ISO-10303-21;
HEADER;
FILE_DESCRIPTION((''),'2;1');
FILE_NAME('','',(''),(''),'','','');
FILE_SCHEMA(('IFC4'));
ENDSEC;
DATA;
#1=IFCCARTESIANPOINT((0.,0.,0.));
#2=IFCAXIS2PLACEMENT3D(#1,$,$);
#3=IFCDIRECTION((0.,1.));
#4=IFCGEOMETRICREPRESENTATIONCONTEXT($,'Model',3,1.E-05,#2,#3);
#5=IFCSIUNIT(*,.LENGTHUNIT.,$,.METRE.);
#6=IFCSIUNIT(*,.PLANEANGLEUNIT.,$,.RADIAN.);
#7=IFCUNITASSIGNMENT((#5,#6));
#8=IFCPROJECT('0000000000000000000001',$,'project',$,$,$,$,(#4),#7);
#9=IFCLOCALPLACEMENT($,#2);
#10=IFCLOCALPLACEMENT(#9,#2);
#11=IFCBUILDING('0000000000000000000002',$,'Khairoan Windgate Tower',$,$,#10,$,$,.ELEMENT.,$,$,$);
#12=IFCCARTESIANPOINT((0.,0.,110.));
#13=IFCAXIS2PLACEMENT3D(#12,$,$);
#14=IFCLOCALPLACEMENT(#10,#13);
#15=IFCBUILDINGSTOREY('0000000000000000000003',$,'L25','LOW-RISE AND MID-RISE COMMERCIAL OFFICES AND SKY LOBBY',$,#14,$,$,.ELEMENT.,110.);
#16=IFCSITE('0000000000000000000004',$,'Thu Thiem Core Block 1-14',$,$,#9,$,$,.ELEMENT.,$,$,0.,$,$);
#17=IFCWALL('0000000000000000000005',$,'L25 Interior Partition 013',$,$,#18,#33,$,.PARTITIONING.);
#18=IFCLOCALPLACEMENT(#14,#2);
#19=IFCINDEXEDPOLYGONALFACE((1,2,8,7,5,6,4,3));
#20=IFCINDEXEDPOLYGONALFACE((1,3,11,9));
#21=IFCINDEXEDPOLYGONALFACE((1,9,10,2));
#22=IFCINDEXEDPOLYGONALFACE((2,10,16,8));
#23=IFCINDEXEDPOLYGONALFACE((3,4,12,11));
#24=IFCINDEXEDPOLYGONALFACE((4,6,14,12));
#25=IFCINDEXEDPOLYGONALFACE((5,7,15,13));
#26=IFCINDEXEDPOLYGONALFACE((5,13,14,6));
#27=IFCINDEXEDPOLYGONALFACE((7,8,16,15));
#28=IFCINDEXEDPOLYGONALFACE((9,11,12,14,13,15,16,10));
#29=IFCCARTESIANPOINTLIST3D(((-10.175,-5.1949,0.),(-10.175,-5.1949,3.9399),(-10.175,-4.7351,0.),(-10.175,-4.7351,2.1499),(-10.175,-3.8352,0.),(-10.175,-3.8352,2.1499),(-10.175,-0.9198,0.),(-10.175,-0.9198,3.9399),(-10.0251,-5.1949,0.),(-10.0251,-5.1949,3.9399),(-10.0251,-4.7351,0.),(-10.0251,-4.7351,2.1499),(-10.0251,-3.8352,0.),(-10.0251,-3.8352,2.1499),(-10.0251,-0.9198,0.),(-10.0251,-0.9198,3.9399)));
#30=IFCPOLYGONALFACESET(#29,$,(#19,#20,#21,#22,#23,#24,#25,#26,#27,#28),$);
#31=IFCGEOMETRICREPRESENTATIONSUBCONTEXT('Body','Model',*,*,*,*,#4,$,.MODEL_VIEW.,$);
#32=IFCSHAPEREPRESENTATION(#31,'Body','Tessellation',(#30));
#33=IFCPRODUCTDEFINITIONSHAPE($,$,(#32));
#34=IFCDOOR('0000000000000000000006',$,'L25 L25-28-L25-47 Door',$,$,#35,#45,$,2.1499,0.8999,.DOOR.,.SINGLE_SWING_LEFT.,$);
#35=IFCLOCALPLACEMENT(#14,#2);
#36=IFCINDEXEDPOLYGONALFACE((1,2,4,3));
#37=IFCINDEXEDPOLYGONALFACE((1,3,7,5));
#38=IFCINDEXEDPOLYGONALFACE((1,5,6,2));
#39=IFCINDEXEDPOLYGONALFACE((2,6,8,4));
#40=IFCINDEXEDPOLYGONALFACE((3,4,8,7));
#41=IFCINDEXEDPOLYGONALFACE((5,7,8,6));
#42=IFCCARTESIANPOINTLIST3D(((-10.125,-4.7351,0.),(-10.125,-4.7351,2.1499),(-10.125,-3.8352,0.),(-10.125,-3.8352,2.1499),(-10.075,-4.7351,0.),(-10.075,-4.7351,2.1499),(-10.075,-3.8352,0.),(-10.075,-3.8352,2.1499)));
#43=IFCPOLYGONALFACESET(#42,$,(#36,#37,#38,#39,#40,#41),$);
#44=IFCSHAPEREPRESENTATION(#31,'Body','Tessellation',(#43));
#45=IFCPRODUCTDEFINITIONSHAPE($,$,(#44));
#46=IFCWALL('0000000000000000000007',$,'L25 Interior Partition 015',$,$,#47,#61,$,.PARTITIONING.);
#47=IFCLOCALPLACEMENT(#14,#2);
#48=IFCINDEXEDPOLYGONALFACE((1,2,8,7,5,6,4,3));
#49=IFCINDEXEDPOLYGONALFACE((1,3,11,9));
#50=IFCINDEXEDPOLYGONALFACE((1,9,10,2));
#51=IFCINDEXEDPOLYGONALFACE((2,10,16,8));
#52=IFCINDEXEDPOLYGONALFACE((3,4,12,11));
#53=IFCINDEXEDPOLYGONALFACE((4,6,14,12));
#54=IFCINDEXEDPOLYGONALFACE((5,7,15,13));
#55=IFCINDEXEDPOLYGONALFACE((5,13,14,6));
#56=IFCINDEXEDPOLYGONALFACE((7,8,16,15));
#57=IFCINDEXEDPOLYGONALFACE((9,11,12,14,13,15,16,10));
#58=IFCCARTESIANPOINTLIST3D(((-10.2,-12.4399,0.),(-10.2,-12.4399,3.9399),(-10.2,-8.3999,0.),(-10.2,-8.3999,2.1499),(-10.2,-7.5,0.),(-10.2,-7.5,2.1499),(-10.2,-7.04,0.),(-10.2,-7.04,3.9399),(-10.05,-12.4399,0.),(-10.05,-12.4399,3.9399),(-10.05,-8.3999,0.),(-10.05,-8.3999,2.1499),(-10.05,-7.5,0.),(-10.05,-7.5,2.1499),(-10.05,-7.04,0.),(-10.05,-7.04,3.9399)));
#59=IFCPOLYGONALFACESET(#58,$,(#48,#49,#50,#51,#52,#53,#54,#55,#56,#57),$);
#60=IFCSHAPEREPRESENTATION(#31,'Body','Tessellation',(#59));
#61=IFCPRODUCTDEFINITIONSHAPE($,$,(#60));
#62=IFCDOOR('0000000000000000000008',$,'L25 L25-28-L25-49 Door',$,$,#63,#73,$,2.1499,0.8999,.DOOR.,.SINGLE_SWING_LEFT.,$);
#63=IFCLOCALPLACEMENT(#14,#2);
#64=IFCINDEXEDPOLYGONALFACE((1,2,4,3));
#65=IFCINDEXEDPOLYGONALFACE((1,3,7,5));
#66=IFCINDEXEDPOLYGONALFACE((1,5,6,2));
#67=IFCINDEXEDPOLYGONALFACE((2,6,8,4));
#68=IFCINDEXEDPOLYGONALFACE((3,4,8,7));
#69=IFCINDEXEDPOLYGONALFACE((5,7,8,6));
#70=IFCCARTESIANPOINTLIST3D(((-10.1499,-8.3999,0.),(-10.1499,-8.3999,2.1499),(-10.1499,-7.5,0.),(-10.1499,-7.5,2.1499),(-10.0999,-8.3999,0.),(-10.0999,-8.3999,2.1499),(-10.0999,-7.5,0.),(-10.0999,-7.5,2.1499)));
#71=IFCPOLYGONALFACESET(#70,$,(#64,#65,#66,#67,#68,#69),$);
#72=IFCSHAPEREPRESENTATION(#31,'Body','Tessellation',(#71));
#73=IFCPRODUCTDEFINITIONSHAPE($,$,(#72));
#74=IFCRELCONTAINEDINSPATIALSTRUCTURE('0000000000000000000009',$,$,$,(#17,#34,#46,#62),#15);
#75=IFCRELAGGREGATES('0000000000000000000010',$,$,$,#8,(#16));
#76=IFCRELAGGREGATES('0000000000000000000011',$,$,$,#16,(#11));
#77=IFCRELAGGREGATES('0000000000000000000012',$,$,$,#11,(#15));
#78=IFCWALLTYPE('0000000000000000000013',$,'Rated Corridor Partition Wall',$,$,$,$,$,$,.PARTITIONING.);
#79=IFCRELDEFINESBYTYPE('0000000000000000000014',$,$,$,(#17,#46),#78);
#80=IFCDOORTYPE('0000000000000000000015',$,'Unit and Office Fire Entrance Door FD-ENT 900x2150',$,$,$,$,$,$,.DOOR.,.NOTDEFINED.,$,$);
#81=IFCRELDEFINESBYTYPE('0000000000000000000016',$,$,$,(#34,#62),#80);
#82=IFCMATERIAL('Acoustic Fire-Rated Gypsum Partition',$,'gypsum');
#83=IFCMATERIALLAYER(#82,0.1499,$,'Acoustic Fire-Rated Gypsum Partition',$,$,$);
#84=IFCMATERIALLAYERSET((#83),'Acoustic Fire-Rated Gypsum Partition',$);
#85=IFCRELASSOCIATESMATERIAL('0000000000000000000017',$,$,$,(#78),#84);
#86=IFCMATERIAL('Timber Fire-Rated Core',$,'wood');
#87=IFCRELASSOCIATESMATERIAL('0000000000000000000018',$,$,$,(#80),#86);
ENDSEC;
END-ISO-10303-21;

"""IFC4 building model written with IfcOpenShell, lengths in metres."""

from ifc_helpers import new_model, si_unit, direction, frame, frame_2d, origin, place, context, subcontext, project, spatial, rectangle, extrude, material, layer, layer_set, type_object, element, fill, save


model = new_model("IFC4")

# Units and contexts
model_context = context("Model", 3, precision=1e-05, world=origin(), true_north=direction((0.0, 1.0)))
body_context = subcontext(model_context, "Body", "Model", "MODEL_VIEW")
ifc_project = project(units=[si_unit("LENGTHUNIT", "METRE"), si_unit("PLANEANGLEUNIT", "RADIAN")], contexts=[model_context])

# Site, building, storey
site_placement = place(None, origin())
site = spatial("IfcSite", under=ifc_project, at=site_placement, Name="Thu Thiem Core Block 1-14", CompositionType="ELEMENT", RefElevation=0.0)
building_placement = place(site_placement, origin())
building = spatial("IfcBuilding", under=site, at=building_placement, Name="Khairoan Windgate Tower", CompositionType="ELEMENT")
storey_placement = place(building_placement, frame((0.0, 0.0, 110.0)))
storey = spatial("IfcBuildingStorey", under=building, at=storey_placement, Name="L25", Description="LOW-RISE AND MID-RISE COMMERCIAL OFFICES AND SKY LOBBY", CompositionType="ELEMENT", Elevation=110.0)

# Walls, openings, doors
ifc_material_1 = material(Name="Acoustic Fire-Rated Gypsum Partition", Category="gypsum")
ifc_layer_1 = layer(ifc_material_1, 0.1499, Name="Acoustic Fire-Rated Gypsum Partition")
ifc_layer_set_1 = layer_set([ifc_layer_1], Name="Acoustic Fire-Rated Gypsum Partition")
wall_type_1 = type_object("IfcWallType", Name="Rated Corridor Partition Wall", PredefinedType="PARTITIONING", material=ifc_layer_set_1)
wall_1_placement = place(storey_placement, frame((-10.1001, -5.1951, 0.0), z_axis=(0.0, 0.0, 1.0), x_axis=(0.0, 1.0, 0.0)))
wall_1 = element("IfcWall", 1, at=wall_1_placement, inside=storey, type_object=wall_type_1, Name="L25 Interior Partition 013", PredefinedType="PARTITIONING", context=body_context, shape_type="SweptSolid", body=[
    extrude(rectangle(XDim=4.2751, YDim=0.1499, at=frame_2d((2.1377, 0.0))), origin(), (0.0, 0.0, 1.0), 3.9399),
])
opening_1_placement = place(wall_1_placement, frame((0.46, 0.0, 0.0)))
opening_1 = element("IfcOpeningElement", 2, at=opening_1_placement, cuts=wall_1, PredefinedType="OPENING", context=body_context, shape_type="SweptSolid", body=[
    extrude(rectangle(XDim=0.8999, YDim=2.1499, at=frame_2d((0.45, 1.075))), frame((0.0, 0.085, 0.0), z_axis=(0.0, -1.0, 0.0), x_axis=(1.0, 0.0, 0.0)), (0.0, 0.0, 1.0), 0.1699),
])
ifc_material_2 = material(Name="Timber Fire-Rated Core", Category="wood")
door_type_1 = type_object("IfcDoorType", Name="Unit and Office Fire Entrance Door FD-ENT 900x2150", OperationType="NOTDEFINED", PredefinedType="DOOR", material=ifc_material_2)
door_1_placement = place(opening_1_placement, origin())
door_1 = element("IfcDoor", 3, at=door_1_placement, inside=storey, type_object=door_type_1, Name="L25 L25-28-L25-47 Door", OperationType="SINGLE_SWING_LEFT", OverallHeight=2.1499, OverallWidth=0.8999, PredefinedType="DOOR", context=body_context, shape_type="SweptSolid", body=[
    extrude(rectangle(XDim=0.8999, YDim=2.1499, at=frame_2d((0.45, 1.075))), frame((0.0, 0.0249, 0.0), z_axis=(0.0, -1.0, 0.0), x_axis=(1.0, 0.0, 0.0)), (0.0, 0.0, 1.0), 0.05),
])
fill(opening_1, door_1)
wall_2_placement = place(storey_placement, frame((-10.125, -12.4399, 0.0), z_axis=(0.0, 0.0, 1.0), x_axis=(0.0, 1.0, 0.0)))
wall_2 = element("IfcWall", 4, at=wall_2_placement, inside=storey, type_object=wall_type_1, Name="L25 Interior Partition 015", PredefinedType="PARTITIONING", context=body_context, shape_type="SweptSolid", body=[
    extrude(rectangle(XDim=5.3999, YDim=0.1499, at=frame_2d((2.7, 0.0))), origin(), (0.0, 0.0, 1.0), 3.9399),
])
opening_2_placement = place(wall_2_placement, frame((4.04, 0.0, 0.0)))
opening_2 = element("IfcOpeningElement", 5, at=opening_2_placement, cuts=wall_2, PredefinedType="OPENING", context=body_context, shape_type="SweptSolid", body=[
    extrude(rectangle(XDim=0.8999, YDim=2.1499, at=frame_2d((0.45, 1.075))), frame((0.0, 0.085, 0.0), z_axis=(0.0, -1.0, 0.0), x_axis=(1.0, 0.0, 0.0)), (0.0, 0.0, 1.0), 0.1699),
])
door_2_placement = place(opening_2_placement, origin())
door_2 = element("IfcDoor", 6, at=door_2_placement, inside=storey, type_object=door_type_1, Name="L25 L25-28-L25-49 Door", OperationType="SINGLE_SWING_LEFT", OverallHeight=2.1499, OverallWidth=0.8999, PredefinedType="DOOR", context=body_context, shape_type="SweptSolid", body=[
    extrude(rectangle(XDim=0.8999, YDim=2.1499, at=frame_2d((0.45, 1.075))), frame((0.0, 0.0249, 0.0), z_axis=(0.0, -1.0, 0.0), x_axis=(1.0, 0.0, 0.0)), (0.0, 0.0, 1.0), 0.05),
])
fill(opening_2, door_2)

save(model, "model.ifc")
